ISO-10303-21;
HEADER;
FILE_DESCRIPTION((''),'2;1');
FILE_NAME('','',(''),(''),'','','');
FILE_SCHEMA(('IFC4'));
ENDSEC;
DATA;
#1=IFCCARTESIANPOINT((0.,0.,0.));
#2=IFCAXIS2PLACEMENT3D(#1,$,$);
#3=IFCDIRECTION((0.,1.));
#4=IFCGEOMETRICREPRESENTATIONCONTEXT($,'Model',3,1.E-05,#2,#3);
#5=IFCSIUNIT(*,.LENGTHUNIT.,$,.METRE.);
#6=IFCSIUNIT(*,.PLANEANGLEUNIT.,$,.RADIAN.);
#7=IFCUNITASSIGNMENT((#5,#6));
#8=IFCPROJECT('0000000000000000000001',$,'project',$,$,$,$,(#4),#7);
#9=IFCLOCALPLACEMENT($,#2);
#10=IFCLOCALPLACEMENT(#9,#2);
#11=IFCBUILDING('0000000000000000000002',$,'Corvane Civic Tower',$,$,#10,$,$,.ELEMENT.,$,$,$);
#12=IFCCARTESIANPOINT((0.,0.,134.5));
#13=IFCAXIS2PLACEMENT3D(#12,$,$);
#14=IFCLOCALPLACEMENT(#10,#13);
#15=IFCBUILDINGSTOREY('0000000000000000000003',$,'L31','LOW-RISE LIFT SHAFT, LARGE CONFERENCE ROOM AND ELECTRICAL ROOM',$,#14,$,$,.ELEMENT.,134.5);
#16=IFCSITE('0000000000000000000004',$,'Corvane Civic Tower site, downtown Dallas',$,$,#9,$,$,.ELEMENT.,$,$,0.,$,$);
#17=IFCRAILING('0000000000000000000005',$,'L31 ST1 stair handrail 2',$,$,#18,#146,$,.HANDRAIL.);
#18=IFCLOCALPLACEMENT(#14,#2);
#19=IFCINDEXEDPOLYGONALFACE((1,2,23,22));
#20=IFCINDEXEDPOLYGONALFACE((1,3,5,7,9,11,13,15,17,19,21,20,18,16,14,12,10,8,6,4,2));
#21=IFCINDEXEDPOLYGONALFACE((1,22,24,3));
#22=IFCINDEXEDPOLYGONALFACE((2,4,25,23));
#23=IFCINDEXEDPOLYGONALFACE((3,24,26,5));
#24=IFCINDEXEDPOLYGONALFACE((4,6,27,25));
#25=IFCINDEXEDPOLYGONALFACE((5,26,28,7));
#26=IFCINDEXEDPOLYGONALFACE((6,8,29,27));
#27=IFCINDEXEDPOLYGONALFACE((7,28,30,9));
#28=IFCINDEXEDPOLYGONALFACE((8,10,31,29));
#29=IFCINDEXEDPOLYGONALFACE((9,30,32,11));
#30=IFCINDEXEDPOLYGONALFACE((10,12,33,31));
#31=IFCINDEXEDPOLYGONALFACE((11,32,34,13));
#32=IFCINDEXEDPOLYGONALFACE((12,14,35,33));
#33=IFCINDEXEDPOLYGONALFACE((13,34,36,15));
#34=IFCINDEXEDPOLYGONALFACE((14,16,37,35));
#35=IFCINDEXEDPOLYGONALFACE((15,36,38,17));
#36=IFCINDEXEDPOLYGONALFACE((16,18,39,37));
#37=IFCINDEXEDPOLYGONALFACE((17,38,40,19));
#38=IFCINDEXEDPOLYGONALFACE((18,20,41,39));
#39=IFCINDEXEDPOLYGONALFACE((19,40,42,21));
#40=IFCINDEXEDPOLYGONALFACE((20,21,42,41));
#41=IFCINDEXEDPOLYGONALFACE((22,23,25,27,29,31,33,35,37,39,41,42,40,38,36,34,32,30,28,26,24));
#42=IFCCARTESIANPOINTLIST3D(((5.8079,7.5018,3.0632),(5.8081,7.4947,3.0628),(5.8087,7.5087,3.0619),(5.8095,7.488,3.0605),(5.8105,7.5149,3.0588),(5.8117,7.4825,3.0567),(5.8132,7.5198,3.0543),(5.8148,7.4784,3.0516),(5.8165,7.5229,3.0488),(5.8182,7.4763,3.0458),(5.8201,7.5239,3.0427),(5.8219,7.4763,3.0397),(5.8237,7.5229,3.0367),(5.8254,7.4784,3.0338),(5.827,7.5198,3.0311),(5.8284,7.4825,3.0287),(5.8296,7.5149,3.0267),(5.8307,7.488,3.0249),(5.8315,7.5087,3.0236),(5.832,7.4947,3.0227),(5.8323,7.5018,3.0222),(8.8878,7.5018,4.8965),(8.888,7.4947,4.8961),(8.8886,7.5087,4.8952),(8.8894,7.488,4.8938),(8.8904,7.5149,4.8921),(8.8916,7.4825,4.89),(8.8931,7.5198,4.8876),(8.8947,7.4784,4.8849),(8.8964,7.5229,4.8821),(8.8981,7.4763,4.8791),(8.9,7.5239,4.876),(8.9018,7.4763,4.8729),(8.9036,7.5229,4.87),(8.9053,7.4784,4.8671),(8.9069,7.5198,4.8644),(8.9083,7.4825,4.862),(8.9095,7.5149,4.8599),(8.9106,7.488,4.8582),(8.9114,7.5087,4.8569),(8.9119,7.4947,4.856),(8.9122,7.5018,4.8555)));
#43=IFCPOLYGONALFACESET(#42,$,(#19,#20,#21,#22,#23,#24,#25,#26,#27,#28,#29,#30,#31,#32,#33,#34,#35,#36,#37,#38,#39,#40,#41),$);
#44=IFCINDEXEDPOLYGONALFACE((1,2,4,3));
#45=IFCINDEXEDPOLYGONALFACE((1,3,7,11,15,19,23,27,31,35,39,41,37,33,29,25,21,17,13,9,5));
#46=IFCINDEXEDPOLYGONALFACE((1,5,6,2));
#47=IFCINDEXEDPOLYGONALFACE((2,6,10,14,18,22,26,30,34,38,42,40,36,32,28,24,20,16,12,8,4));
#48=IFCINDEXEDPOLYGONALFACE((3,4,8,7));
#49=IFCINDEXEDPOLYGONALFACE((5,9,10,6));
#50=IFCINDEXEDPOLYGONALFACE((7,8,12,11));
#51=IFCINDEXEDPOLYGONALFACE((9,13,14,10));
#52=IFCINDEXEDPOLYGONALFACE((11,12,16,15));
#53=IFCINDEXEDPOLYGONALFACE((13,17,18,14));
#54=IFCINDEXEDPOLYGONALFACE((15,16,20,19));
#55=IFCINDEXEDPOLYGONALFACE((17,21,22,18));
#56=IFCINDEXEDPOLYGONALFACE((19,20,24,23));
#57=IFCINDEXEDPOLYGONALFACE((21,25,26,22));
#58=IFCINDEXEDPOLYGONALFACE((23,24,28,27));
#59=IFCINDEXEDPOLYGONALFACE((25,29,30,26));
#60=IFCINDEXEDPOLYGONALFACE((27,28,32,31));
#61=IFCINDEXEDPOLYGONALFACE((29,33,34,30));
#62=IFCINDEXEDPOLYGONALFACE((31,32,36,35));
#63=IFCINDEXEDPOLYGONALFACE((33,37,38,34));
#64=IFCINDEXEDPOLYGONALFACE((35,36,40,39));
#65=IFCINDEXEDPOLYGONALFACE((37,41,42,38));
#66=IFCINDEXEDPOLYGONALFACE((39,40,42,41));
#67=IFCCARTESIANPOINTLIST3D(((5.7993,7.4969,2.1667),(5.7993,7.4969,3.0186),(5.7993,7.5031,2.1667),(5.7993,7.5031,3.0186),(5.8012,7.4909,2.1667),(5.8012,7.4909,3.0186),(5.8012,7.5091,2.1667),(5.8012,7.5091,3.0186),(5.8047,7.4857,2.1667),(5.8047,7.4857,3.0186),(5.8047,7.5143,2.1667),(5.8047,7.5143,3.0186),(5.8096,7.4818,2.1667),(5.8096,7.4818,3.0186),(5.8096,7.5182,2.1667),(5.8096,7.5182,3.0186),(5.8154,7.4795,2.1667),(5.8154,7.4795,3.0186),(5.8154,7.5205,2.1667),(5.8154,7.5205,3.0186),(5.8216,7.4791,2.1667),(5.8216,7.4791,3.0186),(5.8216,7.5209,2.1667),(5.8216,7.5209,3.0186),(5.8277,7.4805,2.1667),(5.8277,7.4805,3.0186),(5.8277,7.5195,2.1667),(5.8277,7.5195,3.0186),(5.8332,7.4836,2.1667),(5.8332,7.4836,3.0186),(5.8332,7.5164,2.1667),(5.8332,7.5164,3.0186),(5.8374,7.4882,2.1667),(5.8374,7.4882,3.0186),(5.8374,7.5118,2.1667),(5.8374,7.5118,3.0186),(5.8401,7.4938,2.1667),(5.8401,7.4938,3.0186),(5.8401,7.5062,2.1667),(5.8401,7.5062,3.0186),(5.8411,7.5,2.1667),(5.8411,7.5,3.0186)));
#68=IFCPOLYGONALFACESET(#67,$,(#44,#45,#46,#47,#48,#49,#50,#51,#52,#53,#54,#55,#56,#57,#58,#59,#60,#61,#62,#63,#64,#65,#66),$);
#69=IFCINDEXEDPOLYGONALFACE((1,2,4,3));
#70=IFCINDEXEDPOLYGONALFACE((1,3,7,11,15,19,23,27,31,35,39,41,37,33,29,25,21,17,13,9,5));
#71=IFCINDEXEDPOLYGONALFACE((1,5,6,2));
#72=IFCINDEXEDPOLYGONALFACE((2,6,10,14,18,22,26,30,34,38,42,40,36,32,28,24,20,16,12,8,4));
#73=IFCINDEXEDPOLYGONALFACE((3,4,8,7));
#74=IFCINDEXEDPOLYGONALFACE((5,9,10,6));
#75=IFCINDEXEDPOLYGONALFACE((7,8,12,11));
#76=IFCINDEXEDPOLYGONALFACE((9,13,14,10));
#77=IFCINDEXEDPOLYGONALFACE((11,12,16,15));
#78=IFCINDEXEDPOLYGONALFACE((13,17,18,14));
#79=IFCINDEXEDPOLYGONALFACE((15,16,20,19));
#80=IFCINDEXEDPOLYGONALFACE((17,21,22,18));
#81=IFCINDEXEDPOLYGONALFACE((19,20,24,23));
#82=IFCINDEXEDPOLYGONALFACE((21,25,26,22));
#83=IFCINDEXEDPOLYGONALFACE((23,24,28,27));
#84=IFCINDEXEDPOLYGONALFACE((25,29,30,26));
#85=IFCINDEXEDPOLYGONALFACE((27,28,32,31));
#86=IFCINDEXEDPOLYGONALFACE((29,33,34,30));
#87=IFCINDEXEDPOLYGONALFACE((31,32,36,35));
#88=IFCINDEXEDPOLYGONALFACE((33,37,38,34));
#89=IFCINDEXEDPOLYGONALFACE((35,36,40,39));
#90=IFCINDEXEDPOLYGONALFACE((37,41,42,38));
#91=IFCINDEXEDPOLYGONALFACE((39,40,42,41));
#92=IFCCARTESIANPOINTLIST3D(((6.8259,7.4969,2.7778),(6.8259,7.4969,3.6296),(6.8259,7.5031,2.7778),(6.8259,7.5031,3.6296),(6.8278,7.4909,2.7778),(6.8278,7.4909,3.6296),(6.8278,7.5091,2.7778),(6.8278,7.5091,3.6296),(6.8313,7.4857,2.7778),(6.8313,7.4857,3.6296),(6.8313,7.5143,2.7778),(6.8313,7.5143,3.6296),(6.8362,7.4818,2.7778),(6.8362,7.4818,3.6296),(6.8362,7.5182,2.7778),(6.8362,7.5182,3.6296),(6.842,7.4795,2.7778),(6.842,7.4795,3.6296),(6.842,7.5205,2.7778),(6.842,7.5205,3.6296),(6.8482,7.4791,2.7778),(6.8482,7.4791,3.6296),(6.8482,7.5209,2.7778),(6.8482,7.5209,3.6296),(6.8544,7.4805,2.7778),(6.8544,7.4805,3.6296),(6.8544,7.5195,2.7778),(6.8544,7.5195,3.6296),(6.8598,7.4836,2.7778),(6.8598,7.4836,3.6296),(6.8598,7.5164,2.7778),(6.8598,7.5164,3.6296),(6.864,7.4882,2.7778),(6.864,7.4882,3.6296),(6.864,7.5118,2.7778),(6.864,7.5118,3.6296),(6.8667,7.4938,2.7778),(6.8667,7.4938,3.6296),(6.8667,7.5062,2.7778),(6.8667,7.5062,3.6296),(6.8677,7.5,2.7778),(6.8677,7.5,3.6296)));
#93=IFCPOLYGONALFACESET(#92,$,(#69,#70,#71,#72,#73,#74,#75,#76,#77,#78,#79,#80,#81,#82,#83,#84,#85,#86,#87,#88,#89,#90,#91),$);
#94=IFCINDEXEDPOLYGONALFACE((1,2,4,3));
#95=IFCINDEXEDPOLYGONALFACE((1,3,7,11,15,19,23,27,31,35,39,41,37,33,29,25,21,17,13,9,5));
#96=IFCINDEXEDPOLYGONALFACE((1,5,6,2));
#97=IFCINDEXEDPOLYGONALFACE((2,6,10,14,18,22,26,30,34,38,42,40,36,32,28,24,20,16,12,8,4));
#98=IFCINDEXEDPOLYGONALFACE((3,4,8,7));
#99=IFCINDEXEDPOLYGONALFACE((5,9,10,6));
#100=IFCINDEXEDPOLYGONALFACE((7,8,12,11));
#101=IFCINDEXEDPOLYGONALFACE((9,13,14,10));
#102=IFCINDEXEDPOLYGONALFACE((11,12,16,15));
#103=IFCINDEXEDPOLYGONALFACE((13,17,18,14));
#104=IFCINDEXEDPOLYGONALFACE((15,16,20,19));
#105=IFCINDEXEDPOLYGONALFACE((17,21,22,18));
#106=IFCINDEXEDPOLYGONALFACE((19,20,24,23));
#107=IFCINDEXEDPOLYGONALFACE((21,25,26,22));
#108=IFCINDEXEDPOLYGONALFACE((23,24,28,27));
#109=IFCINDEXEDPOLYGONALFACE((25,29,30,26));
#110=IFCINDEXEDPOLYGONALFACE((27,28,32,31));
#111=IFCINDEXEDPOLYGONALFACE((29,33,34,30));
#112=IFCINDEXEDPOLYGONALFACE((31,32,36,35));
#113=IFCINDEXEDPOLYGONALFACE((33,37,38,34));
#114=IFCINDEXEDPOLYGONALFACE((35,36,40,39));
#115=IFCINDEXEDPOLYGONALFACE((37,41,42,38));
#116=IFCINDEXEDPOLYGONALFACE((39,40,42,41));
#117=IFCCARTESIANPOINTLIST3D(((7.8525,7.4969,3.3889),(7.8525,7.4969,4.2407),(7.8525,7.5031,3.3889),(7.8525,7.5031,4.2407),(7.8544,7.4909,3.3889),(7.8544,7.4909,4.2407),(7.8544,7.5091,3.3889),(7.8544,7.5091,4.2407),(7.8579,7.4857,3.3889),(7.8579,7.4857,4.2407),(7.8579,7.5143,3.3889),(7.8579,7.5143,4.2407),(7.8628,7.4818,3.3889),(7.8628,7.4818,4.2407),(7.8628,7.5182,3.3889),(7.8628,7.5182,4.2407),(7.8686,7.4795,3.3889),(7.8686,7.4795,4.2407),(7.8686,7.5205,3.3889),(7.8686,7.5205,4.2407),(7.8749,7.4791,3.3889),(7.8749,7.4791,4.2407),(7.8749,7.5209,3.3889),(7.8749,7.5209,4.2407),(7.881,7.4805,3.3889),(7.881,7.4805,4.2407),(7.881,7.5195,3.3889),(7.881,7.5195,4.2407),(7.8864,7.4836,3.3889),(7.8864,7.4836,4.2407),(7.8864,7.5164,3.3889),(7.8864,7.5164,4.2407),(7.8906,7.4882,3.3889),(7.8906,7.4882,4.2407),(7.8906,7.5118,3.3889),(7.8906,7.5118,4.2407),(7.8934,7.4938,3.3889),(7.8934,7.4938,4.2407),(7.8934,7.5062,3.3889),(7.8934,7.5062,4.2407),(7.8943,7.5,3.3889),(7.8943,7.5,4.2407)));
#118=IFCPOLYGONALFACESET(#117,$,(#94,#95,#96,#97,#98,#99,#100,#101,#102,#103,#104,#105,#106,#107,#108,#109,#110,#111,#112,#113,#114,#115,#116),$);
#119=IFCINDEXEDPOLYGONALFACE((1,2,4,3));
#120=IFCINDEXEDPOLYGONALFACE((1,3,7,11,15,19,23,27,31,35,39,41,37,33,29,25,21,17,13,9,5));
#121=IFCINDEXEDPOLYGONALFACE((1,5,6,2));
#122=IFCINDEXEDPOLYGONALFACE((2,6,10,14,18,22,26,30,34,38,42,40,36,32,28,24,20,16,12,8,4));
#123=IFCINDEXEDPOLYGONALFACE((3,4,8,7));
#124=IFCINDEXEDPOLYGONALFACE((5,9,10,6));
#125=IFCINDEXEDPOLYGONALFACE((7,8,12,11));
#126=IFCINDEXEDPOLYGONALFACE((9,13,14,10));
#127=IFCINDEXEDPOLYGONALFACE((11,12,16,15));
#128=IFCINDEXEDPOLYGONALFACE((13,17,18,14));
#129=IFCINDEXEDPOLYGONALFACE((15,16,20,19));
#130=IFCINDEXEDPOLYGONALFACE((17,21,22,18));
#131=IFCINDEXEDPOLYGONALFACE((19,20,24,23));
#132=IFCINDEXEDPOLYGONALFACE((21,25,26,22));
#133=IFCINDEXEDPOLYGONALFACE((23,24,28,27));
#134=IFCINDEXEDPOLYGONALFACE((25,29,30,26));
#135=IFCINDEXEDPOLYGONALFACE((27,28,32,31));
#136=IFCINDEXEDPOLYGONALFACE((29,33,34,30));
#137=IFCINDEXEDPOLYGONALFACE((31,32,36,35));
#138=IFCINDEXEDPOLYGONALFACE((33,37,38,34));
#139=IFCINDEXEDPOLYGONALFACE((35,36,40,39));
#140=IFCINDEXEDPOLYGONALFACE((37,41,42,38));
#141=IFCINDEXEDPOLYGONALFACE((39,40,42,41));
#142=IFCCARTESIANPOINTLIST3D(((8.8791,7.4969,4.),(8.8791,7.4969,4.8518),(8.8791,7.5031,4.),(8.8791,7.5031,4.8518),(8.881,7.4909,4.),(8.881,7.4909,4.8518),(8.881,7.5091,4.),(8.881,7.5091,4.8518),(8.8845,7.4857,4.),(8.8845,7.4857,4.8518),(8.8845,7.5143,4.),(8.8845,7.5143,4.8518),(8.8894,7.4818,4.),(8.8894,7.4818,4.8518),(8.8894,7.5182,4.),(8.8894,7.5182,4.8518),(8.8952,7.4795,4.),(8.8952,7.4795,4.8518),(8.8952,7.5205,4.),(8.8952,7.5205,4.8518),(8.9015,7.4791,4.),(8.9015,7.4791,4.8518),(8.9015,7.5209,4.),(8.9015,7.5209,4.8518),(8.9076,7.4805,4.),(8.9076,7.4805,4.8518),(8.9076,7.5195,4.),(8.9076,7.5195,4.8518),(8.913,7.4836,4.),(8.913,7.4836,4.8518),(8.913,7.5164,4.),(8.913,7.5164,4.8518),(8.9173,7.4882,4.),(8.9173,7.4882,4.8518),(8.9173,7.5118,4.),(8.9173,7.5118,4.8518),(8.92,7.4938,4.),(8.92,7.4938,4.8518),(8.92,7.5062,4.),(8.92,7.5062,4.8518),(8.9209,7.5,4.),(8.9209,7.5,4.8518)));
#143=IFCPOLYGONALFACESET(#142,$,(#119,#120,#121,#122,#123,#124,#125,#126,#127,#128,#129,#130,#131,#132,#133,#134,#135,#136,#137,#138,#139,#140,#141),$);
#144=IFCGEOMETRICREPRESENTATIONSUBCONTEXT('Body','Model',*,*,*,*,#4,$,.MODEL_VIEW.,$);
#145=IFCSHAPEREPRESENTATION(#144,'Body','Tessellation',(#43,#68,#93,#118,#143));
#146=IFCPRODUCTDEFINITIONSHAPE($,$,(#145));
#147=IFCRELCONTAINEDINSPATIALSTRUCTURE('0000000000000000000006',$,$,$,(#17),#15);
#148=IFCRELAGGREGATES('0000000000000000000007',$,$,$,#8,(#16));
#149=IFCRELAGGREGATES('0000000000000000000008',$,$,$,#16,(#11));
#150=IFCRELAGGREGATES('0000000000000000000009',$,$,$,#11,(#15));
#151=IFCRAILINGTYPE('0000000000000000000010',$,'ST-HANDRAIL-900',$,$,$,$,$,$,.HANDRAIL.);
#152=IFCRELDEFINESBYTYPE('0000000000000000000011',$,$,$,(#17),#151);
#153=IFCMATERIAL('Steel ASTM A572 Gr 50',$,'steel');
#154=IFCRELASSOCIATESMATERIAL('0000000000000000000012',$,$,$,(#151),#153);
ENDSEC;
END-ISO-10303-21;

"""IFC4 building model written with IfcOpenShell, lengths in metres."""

from ifc_helpers import new_model, si_unit, direction, frame, origin, origin_2d, place, context, subcontext, project, spatial, circle, extrude, material, type_object, element, save


model = new_model("IFC4")

# Units and contexts
model_context = context("Model", 3, precision=1e-05, world=origin(), true_north=direction((0.0, 1.0)))
body_context = subcontext(model_context, "Body", "Model", "MODEL_VIEW")
ifc_project = project(units=[si_unit("LENGTHUNIT", "METRE"), si_unit("PLANEANGLEUNIT", "RADIAN")], contexts=[model_context])

# Site, building, storey
site_placement = place(None, origin())
site = spatial("IfcSite", under=ifc_project, at=site_placement, Name="Corvane Civic Tower site, downtown Dallas", CompositionType="ELEMENT", RefElevation=0.0)
building_placement = place(site_placement, origin())
building = spatial("IfcBuilding", under=site, at=building_placement, Name="Corvane Civic Tower", CompositionType="ELEMENT")
storey_placement = place(building_placement, frame((0.0, 0.0, 134.5)))
storey = spatial("IfcBuildingStorey", under=building, at=storey_placement, Name="L31", Description="LOW-RISE LIFT SHAFT, LARGE CONFERENCE ROOM AND ELECTRICAL ROOM", CompositionType="ELEMENT", Elevation=134.5)

# Railing
ifc_material_1 = material(Name="Steel ASTM A572 Gr 50", Category="steel")
railing_type_1 = type_object("IfcRailingType", Name="ST-HANDRAIL-900", PredefinedType="HANDRAIL", material=ifc_material_1)
railing_1_placement = place(storey_placement, frame((5.8201, 7.5, 2.1667)))
element("IfcRailing", 1, at=railing_1_placement, inside=storey, type_object=railing_type_1, Name="L31 ST1 stair handrail 2", PredefinedType="HANDRAIL", context=body_context, shape_type="SweptSolid", body=[
    extrude(circle(Radius=0.0239, at=origin_2d()), frame((0.0, 0.0, 0.876), z_axis=(0.859291, 0.0, 0.511487), x_axis=(0.0, 1.0, 0.0)), (0.0, 0.0, 1.0), 3.5842),
    extrude(circle(Radius=0.021, at=origin_2d()), origin(), (0.0, 0.0, 1.0), 0.8518),
    extrude(circle(Radius=0.021, at=origin_2d()), frame((1.0266, 0.0, 0.6111)), (0.0, 0.0, 1.0), 0.8518),
    extrude(circle(Radius=0.021, at=origin_2d()), frame((2.0532, 0.0, 1.2222)), (0.0, 0.0, 1.0), 0.8518),
    extrude(circle(Radius=0.021, at=origin_2d()), frame((3.0798, 0.0, 1.8333)), (0.0, 0.0, 1.0), 0.8518),
])

save(model, "model.ifc")
